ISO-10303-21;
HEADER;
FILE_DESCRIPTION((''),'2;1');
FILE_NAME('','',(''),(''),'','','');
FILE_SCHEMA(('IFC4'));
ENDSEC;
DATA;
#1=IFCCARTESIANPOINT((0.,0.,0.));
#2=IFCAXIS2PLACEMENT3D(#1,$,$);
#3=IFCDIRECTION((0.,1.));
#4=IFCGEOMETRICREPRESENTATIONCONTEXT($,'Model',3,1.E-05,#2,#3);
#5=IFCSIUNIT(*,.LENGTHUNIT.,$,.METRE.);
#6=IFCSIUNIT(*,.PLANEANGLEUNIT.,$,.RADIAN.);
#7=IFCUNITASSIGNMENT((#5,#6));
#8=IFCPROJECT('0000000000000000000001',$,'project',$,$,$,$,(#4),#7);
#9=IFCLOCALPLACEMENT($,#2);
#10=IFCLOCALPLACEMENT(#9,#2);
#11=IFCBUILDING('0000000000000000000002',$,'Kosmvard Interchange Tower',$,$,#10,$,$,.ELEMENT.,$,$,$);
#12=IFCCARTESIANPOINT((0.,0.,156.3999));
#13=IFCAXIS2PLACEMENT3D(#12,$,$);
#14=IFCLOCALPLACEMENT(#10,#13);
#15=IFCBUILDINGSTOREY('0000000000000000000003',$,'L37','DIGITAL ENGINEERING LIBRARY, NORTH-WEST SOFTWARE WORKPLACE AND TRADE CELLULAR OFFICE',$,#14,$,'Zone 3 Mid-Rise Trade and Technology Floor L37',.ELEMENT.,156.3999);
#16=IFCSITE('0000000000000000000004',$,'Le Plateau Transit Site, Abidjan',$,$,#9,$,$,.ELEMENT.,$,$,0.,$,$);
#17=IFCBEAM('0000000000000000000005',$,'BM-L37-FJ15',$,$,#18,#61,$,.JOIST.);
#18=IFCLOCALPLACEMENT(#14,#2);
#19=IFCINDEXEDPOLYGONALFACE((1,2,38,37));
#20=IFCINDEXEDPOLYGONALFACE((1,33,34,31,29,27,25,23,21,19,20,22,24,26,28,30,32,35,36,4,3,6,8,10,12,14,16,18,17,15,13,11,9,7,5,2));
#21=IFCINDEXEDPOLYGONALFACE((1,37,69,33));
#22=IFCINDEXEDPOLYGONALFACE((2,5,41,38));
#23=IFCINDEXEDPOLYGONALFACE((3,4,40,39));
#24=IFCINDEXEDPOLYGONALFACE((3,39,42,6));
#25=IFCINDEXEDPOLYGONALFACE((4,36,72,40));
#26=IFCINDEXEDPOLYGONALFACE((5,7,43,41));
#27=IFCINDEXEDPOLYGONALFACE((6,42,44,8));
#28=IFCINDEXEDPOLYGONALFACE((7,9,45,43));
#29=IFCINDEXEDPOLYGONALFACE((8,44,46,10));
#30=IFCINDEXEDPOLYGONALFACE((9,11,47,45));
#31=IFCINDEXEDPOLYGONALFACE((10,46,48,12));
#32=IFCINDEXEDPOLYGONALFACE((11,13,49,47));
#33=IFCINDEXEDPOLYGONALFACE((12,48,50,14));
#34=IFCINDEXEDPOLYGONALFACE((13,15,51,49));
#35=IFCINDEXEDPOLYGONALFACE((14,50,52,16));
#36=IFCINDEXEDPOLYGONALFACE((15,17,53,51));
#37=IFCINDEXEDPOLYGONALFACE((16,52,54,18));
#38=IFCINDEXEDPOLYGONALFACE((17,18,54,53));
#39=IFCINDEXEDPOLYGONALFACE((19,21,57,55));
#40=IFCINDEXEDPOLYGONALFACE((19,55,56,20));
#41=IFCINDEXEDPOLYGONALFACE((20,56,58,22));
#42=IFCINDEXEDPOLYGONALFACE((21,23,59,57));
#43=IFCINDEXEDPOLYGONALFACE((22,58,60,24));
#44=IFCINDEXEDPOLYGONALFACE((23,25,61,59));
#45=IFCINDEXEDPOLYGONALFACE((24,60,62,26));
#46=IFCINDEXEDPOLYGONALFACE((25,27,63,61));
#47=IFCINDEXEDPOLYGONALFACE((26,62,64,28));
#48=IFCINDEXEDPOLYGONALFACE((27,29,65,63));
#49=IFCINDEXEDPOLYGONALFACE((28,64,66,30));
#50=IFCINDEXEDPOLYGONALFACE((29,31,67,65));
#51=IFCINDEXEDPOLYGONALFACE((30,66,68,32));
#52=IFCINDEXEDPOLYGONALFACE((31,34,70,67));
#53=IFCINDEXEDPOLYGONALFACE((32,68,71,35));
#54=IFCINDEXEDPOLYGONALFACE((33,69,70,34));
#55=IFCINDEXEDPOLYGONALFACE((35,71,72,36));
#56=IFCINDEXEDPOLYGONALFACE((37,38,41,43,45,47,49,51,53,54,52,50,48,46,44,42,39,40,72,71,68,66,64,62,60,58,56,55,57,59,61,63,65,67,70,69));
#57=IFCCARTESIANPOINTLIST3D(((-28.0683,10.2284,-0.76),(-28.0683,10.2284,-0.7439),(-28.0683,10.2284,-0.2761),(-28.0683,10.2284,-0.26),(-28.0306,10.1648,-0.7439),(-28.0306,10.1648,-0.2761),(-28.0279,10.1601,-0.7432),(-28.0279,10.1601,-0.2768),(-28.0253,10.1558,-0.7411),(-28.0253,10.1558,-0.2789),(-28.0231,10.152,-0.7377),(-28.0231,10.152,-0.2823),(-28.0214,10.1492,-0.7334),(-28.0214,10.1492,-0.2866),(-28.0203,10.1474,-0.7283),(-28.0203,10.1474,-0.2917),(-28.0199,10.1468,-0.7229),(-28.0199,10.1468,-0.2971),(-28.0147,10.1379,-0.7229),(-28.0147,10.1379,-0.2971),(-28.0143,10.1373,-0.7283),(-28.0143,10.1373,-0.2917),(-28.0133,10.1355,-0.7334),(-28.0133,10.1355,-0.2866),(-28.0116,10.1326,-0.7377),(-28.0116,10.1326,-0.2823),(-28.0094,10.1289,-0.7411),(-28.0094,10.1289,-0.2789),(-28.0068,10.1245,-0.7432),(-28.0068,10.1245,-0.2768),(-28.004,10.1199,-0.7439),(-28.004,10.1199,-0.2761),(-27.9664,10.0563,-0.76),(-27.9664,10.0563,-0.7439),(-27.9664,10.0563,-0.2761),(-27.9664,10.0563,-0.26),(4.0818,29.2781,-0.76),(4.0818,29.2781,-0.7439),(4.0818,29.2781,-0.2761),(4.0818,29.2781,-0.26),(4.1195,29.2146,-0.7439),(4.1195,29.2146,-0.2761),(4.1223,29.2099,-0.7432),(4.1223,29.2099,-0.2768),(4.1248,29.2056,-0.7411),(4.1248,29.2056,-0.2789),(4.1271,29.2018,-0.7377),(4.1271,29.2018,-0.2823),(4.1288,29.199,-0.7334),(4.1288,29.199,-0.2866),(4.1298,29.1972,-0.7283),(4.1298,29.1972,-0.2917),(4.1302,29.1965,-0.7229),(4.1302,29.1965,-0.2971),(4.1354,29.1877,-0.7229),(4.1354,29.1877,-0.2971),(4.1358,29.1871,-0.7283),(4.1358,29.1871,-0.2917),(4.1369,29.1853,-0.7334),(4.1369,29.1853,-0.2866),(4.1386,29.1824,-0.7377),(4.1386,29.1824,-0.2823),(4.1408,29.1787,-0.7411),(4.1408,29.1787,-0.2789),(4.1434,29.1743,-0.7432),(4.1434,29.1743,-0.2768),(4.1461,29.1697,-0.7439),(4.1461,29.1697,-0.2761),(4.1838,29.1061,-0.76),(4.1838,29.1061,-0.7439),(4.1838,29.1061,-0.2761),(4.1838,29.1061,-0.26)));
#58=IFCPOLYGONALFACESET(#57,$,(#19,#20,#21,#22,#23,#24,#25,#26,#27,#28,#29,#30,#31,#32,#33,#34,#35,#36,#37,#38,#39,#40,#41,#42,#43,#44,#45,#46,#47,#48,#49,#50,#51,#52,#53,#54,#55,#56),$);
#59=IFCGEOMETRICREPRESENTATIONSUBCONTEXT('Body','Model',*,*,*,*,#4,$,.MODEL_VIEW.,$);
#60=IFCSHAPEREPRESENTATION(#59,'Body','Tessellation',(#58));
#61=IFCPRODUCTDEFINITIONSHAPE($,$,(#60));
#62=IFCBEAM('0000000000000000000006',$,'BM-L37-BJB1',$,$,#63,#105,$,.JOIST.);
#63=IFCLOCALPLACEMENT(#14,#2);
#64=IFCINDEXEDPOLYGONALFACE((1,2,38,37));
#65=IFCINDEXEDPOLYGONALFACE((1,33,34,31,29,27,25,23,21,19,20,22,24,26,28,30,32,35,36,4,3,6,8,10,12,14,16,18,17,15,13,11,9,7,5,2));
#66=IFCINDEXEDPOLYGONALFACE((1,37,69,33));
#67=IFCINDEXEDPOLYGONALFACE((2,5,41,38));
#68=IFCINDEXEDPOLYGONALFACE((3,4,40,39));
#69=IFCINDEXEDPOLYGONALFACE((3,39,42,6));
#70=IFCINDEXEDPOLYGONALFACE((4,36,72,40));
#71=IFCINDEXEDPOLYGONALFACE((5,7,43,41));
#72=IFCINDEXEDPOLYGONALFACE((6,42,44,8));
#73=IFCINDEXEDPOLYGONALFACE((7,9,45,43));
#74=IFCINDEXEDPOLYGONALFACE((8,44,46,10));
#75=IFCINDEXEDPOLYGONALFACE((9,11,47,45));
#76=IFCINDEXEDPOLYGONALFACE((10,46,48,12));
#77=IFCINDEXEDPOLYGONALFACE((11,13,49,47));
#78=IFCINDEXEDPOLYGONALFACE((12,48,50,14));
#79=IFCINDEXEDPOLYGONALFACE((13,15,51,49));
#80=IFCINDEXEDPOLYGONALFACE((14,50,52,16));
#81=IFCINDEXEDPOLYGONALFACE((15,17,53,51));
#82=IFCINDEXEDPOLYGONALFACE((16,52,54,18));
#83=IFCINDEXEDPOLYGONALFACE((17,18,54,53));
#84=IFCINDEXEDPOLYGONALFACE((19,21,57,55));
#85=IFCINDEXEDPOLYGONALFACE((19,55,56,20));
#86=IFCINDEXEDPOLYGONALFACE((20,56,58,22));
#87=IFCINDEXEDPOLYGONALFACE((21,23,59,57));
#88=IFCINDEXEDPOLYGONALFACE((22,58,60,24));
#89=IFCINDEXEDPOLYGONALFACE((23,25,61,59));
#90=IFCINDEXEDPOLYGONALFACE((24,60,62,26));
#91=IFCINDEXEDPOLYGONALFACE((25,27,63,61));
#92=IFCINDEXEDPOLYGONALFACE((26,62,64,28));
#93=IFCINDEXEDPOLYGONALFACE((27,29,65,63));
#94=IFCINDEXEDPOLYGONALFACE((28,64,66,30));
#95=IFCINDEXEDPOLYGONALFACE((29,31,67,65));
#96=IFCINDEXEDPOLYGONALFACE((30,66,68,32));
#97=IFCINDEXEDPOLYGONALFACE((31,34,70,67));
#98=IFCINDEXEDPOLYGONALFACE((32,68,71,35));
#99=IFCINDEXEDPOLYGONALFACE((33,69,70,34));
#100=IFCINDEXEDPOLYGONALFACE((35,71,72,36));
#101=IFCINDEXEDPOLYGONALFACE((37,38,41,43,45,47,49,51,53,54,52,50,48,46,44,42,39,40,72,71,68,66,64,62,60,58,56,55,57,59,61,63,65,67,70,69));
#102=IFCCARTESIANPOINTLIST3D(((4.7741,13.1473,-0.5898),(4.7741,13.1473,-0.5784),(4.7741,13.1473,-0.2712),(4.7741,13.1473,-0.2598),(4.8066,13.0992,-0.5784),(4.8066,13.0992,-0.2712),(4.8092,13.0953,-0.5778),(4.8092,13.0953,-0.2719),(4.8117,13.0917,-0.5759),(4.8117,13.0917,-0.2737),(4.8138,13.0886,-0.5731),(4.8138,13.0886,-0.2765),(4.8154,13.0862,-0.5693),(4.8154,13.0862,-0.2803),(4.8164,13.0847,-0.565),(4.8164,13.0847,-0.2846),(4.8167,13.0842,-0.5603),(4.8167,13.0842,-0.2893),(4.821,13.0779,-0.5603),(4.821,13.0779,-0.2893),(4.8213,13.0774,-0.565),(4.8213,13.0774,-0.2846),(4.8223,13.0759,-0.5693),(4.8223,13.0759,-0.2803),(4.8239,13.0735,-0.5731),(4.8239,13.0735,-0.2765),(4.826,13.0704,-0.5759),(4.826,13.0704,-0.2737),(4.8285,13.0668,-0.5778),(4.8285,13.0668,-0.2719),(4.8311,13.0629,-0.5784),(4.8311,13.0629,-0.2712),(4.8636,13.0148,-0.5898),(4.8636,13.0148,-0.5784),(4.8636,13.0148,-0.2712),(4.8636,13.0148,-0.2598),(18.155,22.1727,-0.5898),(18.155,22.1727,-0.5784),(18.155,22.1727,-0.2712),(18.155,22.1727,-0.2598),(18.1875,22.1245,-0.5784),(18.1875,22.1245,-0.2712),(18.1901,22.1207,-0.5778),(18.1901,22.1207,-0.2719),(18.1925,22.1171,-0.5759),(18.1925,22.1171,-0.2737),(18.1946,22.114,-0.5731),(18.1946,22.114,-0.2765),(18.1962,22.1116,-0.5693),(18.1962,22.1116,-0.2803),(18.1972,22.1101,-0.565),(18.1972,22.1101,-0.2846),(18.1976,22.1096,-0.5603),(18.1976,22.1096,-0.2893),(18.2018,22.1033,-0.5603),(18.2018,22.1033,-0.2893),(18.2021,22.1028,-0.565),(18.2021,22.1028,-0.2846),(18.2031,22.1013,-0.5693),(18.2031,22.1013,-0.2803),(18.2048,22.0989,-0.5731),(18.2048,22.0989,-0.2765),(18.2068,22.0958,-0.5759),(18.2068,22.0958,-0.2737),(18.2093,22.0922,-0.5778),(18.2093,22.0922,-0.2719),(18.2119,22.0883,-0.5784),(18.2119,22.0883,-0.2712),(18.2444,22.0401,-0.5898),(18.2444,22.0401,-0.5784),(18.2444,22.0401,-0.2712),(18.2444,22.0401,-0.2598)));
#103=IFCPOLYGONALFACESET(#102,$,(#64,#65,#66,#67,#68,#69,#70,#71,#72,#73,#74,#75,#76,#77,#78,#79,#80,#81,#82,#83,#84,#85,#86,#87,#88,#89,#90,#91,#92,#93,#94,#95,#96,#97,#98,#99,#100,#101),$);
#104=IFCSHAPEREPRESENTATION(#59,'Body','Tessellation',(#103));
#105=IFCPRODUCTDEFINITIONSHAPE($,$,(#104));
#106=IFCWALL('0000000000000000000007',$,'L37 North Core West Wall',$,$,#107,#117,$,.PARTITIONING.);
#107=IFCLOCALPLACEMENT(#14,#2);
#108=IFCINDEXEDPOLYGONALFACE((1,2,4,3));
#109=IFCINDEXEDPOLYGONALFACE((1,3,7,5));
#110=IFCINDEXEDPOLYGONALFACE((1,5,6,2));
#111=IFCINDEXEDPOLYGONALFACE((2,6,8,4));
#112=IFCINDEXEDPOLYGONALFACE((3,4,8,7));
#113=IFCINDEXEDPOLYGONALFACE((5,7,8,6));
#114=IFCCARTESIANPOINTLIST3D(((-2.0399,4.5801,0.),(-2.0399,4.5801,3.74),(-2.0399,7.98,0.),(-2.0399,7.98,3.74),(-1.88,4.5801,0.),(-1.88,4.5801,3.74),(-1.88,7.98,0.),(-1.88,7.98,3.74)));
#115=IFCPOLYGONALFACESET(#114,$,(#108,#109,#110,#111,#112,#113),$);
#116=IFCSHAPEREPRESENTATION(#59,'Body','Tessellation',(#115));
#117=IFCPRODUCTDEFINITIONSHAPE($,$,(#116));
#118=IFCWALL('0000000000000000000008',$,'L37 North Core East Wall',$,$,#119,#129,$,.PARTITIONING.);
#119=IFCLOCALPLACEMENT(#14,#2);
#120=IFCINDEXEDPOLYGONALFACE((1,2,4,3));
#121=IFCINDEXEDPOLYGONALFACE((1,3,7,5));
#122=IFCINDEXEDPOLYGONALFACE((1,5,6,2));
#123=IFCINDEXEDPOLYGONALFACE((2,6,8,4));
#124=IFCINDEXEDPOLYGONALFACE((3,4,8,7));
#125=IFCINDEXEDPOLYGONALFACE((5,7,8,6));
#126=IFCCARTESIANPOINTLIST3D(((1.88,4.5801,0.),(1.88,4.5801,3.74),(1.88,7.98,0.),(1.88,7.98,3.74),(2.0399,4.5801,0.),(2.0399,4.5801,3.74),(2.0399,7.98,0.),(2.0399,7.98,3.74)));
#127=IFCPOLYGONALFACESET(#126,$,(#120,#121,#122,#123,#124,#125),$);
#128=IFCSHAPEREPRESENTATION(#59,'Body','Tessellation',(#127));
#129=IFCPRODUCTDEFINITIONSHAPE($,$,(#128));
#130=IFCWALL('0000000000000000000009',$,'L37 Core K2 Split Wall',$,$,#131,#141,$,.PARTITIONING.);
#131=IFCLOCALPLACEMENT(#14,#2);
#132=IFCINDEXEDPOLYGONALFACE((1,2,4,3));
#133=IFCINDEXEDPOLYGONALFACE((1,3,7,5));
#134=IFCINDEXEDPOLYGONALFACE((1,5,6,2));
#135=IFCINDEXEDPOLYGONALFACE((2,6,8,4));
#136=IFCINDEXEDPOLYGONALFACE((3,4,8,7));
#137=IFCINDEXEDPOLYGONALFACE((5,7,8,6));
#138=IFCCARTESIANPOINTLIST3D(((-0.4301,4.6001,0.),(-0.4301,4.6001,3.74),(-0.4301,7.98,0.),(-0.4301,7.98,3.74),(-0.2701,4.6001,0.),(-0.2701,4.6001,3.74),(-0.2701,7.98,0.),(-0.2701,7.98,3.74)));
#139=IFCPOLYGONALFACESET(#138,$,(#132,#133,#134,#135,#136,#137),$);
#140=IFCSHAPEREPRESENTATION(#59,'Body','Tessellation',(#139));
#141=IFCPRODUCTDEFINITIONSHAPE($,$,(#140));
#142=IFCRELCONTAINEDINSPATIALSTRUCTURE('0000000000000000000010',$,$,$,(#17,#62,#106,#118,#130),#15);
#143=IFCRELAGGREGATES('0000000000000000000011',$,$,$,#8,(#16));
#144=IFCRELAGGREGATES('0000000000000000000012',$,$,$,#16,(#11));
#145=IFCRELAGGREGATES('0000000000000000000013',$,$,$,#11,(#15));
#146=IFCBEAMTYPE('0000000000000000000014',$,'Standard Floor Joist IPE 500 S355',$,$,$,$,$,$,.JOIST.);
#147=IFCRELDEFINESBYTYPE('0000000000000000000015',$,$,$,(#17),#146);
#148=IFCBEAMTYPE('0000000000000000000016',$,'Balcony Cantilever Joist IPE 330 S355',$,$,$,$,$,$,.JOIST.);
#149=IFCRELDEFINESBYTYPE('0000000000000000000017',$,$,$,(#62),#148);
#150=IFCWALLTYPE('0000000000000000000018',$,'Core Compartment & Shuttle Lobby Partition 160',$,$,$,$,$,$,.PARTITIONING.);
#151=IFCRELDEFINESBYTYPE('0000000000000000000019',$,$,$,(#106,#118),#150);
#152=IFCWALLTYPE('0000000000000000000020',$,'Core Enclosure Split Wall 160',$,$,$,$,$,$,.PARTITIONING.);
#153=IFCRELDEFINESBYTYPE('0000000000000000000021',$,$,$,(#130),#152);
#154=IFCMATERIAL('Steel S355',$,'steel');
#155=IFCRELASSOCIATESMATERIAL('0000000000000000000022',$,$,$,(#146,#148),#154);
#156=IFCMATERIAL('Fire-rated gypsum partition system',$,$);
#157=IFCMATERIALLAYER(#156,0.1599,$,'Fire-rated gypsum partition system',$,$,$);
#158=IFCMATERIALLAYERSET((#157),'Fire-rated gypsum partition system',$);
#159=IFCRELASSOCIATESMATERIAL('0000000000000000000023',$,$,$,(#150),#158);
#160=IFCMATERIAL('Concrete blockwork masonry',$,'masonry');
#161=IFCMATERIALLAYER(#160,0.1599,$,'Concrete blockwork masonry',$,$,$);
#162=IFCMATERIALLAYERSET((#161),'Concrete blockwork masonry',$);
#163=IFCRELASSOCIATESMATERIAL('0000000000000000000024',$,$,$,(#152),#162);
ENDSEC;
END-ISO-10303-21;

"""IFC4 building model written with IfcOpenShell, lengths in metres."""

from ifc_helpers import new_model, si_unit, direction, frame, frame_2d, origin, origin_2d, place, context, subcontext, project, spatial, rectangle, i_section, extrude, source, transform, mapped, material, layer, layer_set, material_profile, profile_set, type_object, element, save


model = new_model("IFC4")

# Units and contexts
model_context = context("Model", 3, precision=1e-05, world=origin(), true_north=direction((0.0, 1.0)))
body_context = subcontext(model_context, "Body", "Model", "MODEL_VIEW")
ifc_project = project(units=[si_unit("LENGTHUNIT", "METRE"), si_unit("PLANEANGLEUNIT", "RADIAN")], contexts=[model_context])

# Site, building, storey
site_placement = place(None, origin())
site = spatial("IfcSite", under=ifc_project, at=site_placement, Name="Le Plateau Transit Site, Abidjan", CompositionType="ELEMENT", RefElevation=0.0)
building_placement = place(site_placement, origin())
building = spatial("IfcBuilding", under=site, at=building_placement, Name="Kosmvard Interchange Tower", CompositionType="ELEMENT")
storey_placement = place(building_placement, frame((0.0, 0.0, 156.3999)))
storey = spatial("IfcBuildingStorey", under=building, at=storey_placement, Name="L37", Description="DIGITAL ENGINEERING LIBRARY, NORTH-WEST SOFTWARE WORKPLACE AND TRADE CELLULAR OFFICE", LongName="Zone 3 Mid-Rise Trade and Technology Floor L37", CompositionType="ELEMENT", Elevation=156.3999)

# Beams
ifc_material_1 = material(Name="Steel S355", Category="steel")
ifc_material_profile_1 = material_profile(ifc_material_1, i_section(OverallWidth=0.2, OverallDepth=0.5, WebThickness=0.0103, FlangeThickness=0.0161, FilletRadius=0.021, at=origin_2d()), Name="IPE 500")
ifc_profile_set_1 = profile_set([ifc_material_profile_1], Name="Steel S355")
beam_type_1 = type_object("IfcBeamType", Name="Standard Floor Joist IPE 500 S355", PredefinedType="JOIST", material=ifc_profile_set_1)
shared_shape_1 = source(origin(), body_context, "Body", "SweptSolid", [
    extrude(i_section(OverallWidth=0.2, OverallDepth=0.5, WebThickness=0.0103, FlangeThickness=0.0161, FilletRadius=0.021, at=origin_2d()), origin(), (0.0, 0.0, 1.0), 37.3701),
])
beam_1_placement = place(storey_placement, frame((4.1328, 29.1921, -0.51), z_axis=(-0.860317, -0.50976, 0.0), x_axis=(0.50976, -0.860317, 0.0)))
element("IfcBeam", 1, at=beam_1_placement, inside=storey, type_object=beam_type_1, Name="BM-L37-FJ15", PredefinedType="JOIST", context=body_context, shape_type="MappedRepresentation", body=[
    mapped(shared_shape_1, transform((0.0, 0.0, 0.0), scale=1.0)),
])
ifc_material_profile_2 = material_profile(ifc_material_1, i_section(OverallWidth=0.1599, OverallDepth=0.3301, WebThickness=0.0076, FlangeThickness=0.0115, FilletRadius=0.0181, at=origin_2d()), Name="IPE 330")
ifc_profile_set_2 = profile_set([ifc_material_profile_2], Name="Steel S355")
beam_type_2 = type_object("IfcBeamType", Name="Balcony Cantilever Joist IPE 330 S355", PredefinedType="JOIST", material=ifc_profile_set_2)
shared_shape_2 = source(origin(), body_context, "Body", "SweptSolid", [
    extrude(i_section(OverallWidth=0.1599, OverallDepth=0.3301, WebThickness=0.0076, FlangeThickness=0.0115, FilletRadius=0.0181, at=origin_2d()), origin(), (0.0, 0.0, 1.0), 16.1401),
])
beam_2_placement = place(storey_placement, frame((4.8188, 13.0811, -0.4248), z_axis=(0.829041, 0.559188, 0.0), x_axis=(-0.559188, 0.829041, 0.0)))
element("IfcBeam", 2, at=beam_2_placement, inside=storey, type_object=beam_type_2, Name="BM-L37-BJB1", PredefinedType="JOIST", context=body_context, shape_type="MappedRepresentation", body=[
    mapped(shared_shape_2, transform((0.0, 0.0, 0.0), scale=1.0)),
])

# Walls
ifc_material_2 = material(Name="Fire-rated gypsum partition system")
ifc_layer_1 = layer(ifc_material_2, 0.1599, Name="Fire-rated gypsum partition system")
ifc_layer_set_1 = layer_set([ifc_layer_1], Name="Fire-rated gypsum partition system")
wall_type_1 = type_object("IfcWallType", Name="Core Compartment & Shuttle Lobby Partition 160", PredefinedType="PARTITIONING", material=ifc_layer_set_1)
for number, where, z_axis, x_axis, name in (
    (3, (-1.96, 4.5801, 0.0), (0.0, 0.0, 1.0), (0.0, 1.0, 0.0), "L37 North Core West Wall"),
    (4, (1.96, 4.5801, 0.0), (0.0, 0.0, 1.0), (0.0, 1.0, 0.0), "L37 North Core East Wall"),
):
    element("IfcWall", number, at=place(storey_placement, frame(where, z_axis=z_axis, x_axis=x_axis)), inside=storey, type_object=wall_type_1, Name=name, PredefinedType="PARTITIONING", context=body_context, shape_type="SweptSolid", body=[
        extrude(rectangle(XDim=3.3999, YDim=0.1599, at=frame_2d((1.7, 0.0))), origin(), (0.0, 0.0, 1.0), 3.74),
    ])
ifc_material_3 = material(Name="Concrete blockwork masonry", Category="masonry")
ifc_layer_2 = layer(ifc_material_3, 0.1599, Name="Concrete blockwork masonry")
ifc_layer_set_2 = layer_set([ifc_layer_2], Name="Concrete blockwork masonry")
wall_type_2 = type_object("IfcWallType", Name="Core Enclosure Split Wall 160", PredefinedType="PARTITIONING", material=ifc_layer_set_2)
wall_1_placement = place(storey_placement, frame((-0.3501, 4.6001, 0.0), z_axis=(0.0, 0.0, 1.0), x_axis=(0.0, 1.0, 0.0)))
element("IfcWall", 5, at=wall_1_placement, inside=storey, type_object=wall_type_2, Name="L37 Core K2 Split Wall", PredefinedType="PARTITIONING", context=body_context, shape_type="SweptSolid", body=[
    extrude(rectangle(XDim=3.3799, YDim=0.1599, at=frame_2d((1.6899, 0.0))), origin(), (0.0, 0.0, 1.0), 3.74),
])

save(model, "model.ifc")
